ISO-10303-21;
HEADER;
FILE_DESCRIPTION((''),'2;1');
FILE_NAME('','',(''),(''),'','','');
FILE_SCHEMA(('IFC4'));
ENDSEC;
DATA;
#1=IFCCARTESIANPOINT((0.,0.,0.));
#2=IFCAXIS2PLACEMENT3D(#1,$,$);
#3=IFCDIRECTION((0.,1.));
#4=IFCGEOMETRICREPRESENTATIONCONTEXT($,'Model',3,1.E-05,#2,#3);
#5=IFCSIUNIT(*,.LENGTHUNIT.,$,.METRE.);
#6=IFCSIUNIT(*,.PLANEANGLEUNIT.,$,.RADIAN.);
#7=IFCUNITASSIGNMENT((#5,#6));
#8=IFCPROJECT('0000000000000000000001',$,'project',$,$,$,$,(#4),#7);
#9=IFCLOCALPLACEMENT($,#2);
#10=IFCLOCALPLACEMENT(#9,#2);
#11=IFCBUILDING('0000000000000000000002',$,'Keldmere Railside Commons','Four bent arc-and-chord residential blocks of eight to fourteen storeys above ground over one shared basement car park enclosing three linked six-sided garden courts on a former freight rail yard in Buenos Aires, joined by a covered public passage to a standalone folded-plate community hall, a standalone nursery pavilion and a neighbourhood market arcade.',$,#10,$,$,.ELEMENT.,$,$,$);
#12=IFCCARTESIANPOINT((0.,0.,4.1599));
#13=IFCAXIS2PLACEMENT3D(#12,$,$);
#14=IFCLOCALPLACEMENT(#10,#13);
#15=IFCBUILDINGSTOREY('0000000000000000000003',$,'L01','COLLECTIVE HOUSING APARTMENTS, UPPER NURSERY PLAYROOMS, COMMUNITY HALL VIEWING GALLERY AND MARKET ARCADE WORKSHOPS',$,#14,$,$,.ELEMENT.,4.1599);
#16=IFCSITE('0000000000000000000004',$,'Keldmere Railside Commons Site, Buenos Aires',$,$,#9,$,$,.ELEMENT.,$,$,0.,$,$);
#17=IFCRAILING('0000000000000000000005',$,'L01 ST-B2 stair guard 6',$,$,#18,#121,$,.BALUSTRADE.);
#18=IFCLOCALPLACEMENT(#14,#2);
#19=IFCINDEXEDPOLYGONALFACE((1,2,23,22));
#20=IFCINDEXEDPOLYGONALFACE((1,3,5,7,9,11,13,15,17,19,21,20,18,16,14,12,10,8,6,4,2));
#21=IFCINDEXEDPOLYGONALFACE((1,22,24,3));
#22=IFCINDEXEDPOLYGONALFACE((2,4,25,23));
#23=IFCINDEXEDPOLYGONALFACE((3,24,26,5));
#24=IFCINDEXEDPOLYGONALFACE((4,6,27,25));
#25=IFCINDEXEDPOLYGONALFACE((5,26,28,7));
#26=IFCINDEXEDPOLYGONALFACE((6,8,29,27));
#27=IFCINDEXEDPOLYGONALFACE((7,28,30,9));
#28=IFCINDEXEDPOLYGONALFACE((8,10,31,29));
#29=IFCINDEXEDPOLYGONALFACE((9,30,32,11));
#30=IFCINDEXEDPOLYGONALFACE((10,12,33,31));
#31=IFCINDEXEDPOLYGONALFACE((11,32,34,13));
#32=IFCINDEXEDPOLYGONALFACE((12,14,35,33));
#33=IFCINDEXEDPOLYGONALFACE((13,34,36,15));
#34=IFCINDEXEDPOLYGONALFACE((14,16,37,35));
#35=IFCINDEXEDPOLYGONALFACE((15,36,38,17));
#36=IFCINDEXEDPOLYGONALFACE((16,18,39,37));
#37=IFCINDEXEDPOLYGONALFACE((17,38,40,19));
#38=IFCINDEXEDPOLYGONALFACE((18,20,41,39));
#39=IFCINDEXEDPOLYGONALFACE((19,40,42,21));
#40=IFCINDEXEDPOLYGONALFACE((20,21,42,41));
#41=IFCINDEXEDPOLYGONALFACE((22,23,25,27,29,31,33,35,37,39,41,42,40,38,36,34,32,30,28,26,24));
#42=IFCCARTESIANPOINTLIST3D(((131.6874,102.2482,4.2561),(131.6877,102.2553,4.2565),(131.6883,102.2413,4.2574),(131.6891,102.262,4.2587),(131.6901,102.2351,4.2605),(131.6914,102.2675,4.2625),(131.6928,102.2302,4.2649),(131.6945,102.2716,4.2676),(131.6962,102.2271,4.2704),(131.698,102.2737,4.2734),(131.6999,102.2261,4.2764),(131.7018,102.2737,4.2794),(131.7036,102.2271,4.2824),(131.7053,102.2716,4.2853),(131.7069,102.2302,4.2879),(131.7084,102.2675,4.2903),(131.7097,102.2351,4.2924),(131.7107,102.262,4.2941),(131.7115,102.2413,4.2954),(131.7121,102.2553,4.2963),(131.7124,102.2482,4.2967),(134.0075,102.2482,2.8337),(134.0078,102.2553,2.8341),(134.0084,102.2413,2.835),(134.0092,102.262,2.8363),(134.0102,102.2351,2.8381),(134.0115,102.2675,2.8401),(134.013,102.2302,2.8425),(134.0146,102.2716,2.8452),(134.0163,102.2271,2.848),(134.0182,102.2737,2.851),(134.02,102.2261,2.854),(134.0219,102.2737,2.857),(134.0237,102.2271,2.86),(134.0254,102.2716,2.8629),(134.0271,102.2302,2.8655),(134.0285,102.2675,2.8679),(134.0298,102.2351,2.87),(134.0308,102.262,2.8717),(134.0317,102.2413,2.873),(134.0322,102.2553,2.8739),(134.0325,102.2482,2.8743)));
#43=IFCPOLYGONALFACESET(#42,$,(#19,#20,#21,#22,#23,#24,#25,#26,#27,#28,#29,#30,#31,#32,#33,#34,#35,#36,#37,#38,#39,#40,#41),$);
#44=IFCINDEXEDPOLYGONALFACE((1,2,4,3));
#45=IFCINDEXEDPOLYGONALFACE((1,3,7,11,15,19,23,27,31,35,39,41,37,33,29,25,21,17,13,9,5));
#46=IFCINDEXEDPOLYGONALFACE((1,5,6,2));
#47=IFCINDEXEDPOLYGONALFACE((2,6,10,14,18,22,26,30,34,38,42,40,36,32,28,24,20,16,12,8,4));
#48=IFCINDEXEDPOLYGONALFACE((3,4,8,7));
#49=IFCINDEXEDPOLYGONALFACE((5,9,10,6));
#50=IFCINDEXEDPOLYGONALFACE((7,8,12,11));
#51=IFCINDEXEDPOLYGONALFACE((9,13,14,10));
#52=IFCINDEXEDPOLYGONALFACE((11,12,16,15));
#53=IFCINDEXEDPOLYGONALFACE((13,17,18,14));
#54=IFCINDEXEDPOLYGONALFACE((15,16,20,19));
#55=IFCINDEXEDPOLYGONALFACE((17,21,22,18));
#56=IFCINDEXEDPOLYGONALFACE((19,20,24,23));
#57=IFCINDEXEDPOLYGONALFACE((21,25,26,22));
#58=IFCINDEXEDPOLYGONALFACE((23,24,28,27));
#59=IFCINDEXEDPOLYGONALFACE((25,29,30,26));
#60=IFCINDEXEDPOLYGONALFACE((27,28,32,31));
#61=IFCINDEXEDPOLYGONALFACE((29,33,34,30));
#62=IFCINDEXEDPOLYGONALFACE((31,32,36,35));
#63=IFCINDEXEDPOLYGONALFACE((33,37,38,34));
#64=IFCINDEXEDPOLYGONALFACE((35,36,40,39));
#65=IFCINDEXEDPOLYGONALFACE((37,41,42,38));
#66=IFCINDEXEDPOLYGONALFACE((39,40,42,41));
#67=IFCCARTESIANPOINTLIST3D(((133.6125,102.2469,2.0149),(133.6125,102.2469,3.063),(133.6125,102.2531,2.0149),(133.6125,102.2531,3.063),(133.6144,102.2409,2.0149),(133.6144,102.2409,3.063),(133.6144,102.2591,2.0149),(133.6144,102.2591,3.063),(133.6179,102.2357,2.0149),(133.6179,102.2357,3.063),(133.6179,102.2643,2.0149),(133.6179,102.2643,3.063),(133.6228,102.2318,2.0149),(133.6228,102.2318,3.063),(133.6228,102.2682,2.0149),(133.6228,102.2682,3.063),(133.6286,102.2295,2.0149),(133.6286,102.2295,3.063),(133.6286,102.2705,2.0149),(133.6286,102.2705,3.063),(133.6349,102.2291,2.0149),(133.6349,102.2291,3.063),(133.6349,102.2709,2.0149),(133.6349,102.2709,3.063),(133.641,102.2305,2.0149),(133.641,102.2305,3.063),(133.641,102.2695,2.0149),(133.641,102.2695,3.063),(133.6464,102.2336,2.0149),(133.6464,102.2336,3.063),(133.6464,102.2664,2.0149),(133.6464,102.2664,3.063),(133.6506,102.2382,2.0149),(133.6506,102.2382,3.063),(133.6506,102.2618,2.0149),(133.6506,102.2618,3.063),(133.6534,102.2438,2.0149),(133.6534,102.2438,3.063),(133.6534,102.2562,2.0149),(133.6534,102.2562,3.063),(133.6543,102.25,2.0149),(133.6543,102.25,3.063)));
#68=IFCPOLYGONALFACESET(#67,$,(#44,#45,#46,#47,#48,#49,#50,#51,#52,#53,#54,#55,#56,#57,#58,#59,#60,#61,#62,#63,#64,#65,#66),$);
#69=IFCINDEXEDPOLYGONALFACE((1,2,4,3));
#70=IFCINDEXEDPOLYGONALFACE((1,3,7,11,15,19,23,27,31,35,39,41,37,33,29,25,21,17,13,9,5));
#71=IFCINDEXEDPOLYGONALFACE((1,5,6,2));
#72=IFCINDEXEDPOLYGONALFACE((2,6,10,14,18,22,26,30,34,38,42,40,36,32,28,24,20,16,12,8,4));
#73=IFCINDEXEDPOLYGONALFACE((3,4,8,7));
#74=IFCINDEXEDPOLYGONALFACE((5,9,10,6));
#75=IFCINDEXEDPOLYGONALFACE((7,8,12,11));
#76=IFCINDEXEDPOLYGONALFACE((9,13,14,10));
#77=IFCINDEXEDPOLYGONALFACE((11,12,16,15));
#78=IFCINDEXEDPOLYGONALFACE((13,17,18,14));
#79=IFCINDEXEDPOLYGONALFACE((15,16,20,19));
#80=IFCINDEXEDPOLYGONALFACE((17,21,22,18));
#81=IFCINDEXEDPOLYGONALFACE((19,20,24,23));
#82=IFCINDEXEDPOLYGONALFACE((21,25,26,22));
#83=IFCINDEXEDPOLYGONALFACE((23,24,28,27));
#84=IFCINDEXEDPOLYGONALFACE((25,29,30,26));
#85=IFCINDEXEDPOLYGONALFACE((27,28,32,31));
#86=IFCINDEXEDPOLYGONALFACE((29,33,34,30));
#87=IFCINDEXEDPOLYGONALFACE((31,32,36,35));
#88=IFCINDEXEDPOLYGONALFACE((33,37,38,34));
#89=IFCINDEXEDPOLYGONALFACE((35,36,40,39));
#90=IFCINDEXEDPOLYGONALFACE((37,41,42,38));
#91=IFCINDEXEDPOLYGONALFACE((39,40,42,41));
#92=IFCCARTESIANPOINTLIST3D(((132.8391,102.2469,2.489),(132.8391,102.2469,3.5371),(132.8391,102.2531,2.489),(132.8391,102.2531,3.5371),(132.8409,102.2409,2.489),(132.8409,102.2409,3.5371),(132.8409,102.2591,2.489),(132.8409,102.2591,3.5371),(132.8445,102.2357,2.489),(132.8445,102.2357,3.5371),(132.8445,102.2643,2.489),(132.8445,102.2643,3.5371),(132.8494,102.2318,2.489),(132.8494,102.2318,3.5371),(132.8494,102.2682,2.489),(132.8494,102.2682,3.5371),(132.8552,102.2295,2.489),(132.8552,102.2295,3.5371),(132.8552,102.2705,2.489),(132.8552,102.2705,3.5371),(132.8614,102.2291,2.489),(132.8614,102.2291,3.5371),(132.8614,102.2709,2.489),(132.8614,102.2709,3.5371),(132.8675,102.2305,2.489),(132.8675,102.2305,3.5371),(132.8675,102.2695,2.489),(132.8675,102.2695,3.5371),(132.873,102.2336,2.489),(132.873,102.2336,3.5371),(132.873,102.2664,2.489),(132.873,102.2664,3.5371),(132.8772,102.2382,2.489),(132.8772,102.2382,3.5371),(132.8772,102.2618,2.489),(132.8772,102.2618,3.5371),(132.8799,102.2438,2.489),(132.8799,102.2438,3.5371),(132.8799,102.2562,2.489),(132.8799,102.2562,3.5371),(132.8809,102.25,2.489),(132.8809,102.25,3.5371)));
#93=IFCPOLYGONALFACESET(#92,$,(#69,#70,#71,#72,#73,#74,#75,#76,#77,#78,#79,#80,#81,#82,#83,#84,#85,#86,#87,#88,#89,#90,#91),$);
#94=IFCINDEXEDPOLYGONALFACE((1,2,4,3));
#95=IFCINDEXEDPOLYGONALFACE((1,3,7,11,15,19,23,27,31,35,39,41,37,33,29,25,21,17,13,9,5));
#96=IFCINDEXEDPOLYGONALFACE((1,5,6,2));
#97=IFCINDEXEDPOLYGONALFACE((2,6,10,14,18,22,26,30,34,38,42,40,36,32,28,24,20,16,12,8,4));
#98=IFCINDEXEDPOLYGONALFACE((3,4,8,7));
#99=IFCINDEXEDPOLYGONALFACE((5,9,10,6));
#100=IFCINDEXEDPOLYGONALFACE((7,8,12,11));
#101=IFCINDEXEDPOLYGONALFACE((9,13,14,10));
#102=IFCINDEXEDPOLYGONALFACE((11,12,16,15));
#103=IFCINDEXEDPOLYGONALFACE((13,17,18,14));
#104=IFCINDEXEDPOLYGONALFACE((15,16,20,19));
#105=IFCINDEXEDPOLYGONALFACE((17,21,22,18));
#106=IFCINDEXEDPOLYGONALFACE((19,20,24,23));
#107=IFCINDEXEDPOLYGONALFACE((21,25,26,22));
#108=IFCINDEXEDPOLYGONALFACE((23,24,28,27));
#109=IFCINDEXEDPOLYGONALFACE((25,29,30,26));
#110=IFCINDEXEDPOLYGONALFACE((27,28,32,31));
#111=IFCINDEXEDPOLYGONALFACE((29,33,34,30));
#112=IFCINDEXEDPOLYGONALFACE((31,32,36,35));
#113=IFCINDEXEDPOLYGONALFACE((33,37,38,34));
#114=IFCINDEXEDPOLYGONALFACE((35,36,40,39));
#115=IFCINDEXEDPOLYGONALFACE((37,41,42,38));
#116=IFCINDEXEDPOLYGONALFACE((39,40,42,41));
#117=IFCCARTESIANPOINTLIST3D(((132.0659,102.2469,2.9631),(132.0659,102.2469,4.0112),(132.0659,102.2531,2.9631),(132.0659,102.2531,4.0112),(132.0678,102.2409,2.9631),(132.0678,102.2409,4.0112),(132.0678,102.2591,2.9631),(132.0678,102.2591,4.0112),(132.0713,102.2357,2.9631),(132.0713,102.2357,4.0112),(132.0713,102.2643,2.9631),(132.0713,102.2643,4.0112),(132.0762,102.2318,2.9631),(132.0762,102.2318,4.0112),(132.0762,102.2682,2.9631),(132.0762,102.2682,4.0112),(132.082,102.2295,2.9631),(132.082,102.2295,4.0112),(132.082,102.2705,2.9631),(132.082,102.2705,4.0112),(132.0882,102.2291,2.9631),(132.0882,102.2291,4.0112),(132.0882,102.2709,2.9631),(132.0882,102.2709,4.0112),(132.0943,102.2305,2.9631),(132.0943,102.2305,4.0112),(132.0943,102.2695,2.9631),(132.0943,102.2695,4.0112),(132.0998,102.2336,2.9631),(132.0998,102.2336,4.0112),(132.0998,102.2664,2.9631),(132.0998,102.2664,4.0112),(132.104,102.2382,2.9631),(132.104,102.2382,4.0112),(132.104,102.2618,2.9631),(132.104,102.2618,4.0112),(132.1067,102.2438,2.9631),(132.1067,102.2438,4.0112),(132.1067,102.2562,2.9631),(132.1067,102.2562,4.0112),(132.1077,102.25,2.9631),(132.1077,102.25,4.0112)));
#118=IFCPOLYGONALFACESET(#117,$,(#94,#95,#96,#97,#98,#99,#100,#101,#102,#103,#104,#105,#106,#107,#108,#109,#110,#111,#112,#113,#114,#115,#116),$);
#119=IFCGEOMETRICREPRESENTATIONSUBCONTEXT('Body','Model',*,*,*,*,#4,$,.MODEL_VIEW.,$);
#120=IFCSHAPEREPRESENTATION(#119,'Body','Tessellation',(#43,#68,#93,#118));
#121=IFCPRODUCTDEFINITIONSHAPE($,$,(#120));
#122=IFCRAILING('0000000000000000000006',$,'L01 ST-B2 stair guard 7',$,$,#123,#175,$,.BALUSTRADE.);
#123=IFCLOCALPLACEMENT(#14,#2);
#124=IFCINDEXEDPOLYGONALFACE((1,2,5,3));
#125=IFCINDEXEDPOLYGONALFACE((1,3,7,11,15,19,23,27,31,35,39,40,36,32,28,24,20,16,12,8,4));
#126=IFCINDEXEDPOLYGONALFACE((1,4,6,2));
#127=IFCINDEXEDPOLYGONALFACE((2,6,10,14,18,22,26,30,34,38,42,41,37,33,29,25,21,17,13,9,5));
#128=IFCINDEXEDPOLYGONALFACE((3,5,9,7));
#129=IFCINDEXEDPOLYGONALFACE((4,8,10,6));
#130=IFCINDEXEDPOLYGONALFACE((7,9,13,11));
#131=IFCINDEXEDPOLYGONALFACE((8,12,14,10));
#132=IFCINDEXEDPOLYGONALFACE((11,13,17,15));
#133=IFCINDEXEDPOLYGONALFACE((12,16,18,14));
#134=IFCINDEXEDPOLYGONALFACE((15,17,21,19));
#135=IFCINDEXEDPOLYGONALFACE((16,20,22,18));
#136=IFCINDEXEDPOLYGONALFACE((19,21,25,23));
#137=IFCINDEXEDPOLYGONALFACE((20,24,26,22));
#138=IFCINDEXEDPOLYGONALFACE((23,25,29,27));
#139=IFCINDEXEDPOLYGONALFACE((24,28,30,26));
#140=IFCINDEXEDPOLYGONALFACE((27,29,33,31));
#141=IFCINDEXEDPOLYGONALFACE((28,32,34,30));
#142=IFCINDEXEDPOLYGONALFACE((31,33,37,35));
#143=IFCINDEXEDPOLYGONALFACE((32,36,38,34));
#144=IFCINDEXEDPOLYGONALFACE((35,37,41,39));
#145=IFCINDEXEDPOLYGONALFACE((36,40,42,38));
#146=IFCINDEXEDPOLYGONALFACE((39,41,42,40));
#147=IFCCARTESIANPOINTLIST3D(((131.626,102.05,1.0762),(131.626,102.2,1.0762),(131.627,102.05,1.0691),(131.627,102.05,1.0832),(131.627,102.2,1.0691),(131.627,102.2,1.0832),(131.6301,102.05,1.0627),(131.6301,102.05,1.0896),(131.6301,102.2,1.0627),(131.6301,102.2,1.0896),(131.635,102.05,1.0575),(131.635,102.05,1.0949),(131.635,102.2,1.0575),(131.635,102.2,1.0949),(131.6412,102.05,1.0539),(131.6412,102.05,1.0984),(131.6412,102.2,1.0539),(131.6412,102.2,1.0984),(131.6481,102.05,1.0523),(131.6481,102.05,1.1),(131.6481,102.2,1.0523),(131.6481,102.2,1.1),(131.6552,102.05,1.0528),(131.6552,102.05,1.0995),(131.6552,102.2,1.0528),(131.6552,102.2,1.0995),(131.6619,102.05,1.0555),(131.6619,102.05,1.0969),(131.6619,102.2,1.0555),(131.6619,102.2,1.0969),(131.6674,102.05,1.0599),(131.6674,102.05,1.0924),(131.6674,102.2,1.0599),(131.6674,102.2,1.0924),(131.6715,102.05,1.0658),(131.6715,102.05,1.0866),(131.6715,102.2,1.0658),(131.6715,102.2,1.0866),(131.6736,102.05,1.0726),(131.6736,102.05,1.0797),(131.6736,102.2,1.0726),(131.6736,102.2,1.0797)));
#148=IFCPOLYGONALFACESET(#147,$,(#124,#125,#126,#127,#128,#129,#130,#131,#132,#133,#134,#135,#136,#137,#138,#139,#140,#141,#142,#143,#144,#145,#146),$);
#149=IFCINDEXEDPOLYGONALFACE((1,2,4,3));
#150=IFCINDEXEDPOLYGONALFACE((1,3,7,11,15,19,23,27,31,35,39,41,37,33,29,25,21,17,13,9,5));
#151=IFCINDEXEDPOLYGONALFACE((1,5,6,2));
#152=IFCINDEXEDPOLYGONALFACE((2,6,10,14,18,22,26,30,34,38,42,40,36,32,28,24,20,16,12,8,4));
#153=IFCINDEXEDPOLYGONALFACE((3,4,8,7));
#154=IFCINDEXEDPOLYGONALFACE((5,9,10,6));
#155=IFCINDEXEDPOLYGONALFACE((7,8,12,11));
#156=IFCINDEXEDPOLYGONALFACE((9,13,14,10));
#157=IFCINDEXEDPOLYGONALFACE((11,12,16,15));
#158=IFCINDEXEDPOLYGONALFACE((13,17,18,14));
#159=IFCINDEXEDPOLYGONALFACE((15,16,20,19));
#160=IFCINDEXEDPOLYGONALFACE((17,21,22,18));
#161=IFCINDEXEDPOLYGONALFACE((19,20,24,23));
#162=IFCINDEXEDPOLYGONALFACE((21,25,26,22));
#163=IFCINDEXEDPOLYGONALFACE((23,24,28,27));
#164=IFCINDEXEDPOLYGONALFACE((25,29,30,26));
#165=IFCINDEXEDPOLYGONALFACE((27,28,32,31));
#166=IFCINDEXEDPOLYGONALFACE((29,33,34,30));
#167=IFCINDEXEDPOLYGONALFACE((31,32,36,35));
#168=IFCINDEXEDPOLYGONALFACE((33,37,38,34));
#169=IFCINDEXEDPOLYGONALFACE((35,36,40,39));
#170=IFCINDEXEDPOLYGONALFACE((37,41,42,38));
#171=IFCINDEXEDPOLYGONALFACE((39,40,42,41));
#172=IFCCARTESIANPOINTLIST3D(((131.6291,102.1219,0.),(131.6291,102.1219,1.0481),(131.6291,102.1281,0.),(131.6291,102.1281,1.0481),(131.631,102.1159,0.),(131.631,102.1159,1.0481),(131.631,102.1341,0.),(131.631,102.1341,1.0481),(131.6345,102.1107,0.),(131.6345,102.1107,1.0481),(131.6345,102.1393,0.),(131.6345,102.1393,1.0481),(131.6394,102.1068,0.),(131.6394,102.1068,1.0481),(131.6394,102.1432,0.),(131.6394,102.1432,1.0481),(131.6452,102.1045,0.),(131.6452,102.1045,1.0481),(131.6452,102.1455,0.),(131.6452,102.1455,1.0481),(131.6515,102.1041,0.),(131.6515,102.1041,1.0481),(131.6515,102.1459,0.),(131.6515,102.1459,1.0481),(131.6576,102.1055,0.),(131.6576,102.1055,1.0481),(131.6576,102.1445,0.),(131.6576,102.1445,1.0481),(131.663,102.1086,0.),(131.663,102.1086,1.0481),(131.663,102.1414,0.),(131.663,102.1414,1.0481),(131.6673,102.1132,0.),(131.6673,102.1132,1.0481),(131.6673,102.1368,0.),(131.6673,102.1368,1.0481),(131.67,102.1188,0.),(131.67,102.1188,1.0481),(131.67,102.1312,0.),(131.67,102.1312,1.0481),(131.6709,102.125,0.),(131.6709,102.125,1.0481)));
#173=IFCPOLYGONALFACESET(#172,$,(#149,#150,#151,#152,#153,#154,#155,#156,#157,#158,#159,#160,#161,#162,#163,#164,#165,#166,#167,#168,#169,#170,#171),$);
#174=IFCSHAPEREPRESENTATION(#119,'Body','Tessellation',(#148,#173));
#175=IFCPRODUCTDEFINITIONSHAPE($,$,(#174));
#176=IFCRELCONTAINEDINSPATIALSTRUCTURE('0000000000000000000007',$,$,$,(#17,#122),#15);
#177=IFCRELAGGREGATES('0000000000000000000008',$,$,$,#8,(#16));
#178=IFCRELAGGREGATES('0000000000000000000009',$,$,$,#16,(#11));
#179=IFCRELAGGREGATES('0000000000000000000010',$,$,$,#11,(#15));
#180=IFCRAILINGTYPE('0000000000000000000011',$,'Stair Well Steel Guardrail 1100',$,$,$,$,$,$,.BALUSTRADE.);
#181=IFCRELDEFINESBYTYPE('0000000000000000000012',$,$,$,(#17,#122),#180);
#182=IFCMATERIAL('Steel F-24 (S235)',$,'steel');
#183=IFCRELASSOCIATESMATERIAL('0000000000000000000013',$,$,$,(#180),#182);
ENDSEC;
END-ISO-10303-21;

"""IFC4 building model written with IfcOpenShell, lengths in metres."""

from ifc_helpers import new_model, si_unit, direction, frame, origin, origin_2d, place, context, subcontext, project, spatial, circle, extrude, material, type_object, element, save


model = new_model("IFC4")

# Units and contexts
model_context = context("Model", 3, precision=1e-05, world=origin(), true_north=direction((0.0, 1.0)))
body_context = subcontext(model_context, "Body", "Model", "MODEL_VIEW")
ifc_project = project(units=[si_unit("LENGTHUNIT", "METRE"), si_unit("PLANEANGLEUNIT", "RADIAN")], contexts=[model_context])

# Site, building, storey
site_placement = place(None, origin())
site = spatial("IfcSite", under=ifc_project, at=site_placement, Name="Keldmere Railside Commons Site, Buenos Aires", CompositionType="ELEMENT", RefElevation=0.0)
building_placement = place(site_placement, origin())
building = spatial("IfcBuilding", under=site, at=building_placement, Name="Keldmere Railside Commons", Description="Four bent arc-and-chord residential blocks of eight to fourteen storeys above ground over one shared basement car park enclosing three linked six-sided garden courts on a former freight rail yard in Buenos Aires, joined by a covered public passage to a standalone folded-plate community hall, a standalone nursery pavilion and a neighbourhood market arcade.", CompositionType="ELEMENT")
storey_placement = place(building_placement, frame((0.0, 0.0, 4.1599)))
storey = spatial("IfcBuildingStorey", under=building, at=storey_placement, Name="L01", Description="COLLECTIVE HOUSING APARTMENTS, UPPER NURSERY PLAYROOMS, COMMUNITY HALL VIEWING GALLERY AND MARKET ARCADE WORKSHOPS", CompositionType="ELEMENT", Elevation=4.1599)

# Shared definitions
ifc_material_1 = material(Name="Steel F-24 (S235)", Category="steel")

# Railings
railing_type_1 = type_object("IfcRailingType", Name="Stair Well Steel Guardrail 1100", PredefinedType="BALUSTRADE", material=ifc_material_1)
railing_1_placement = place(storey_placement, frame((134.02, 102.25, 1.7778)))
element("IfcRailing", 1, at=railing_1_placement, inside=storey, type_object=railing_type_1, Name="L01 ST-B2 stair guard 6", PredefinedType="BALUSTRADE", context=body_context, shape_type="SweptSolid", body=[
    extrude(circle(Radius=0.0239, at=origin_2d()), frame((0.0, 0.0, 1.0762), z_axis=(-0.852538, 0.0, 0.522665), x_axis=(0.0, -1.0, 0.0)), (0.0, 0.0, 1.0), 2.7214),
    extrude(circle(Radius=0.021, at=origin_2d()), frame((-0.3867, 0.0, 0.2371)), (0.0, 0.0, 1.0), 1.0481),
    extrude(circle(Radius=0.021, at=origin_2d()), frame((-1.1602, 0.0, 0.7112)), (0.0, 0.0, 1.0), 1.0481),
    extrude(circle(Radius=0.021, at=origin_2d()), frame((-1.9333, 0.0, 1.1853)), (0.0, 0.0, 1.0), 1.0481),
])
railing_2_placement = place(storey_placement, frame((131.6499, 102.05, 0.0)))
element("IfcRailing", 2, at=railing_2_placement, inside=storey, type_object=railing_type_1, Name="L01 ST-B2 stair guard 7", PredefinedType="BALUSTRADE", context=body_context, shape_type="SweptSolid", body=[
    extrude(circle(Radius=0.0239, at=origin_2d()), frame((0.0, 0.0, 1.0762), z_axis=(0.0, 1.0, 0.0), x_axis=(-1.0, 0.0, 0.0)), (0.0, 0.0, 1.0), 0.1499),
    extrude(circle(Radius=0.021, at=origin_2d()), frame((0.0, 0.075, 0.0)), (0.0, 0.0, 1.0), 1.0481),
])

save(model, "model.ifc")
